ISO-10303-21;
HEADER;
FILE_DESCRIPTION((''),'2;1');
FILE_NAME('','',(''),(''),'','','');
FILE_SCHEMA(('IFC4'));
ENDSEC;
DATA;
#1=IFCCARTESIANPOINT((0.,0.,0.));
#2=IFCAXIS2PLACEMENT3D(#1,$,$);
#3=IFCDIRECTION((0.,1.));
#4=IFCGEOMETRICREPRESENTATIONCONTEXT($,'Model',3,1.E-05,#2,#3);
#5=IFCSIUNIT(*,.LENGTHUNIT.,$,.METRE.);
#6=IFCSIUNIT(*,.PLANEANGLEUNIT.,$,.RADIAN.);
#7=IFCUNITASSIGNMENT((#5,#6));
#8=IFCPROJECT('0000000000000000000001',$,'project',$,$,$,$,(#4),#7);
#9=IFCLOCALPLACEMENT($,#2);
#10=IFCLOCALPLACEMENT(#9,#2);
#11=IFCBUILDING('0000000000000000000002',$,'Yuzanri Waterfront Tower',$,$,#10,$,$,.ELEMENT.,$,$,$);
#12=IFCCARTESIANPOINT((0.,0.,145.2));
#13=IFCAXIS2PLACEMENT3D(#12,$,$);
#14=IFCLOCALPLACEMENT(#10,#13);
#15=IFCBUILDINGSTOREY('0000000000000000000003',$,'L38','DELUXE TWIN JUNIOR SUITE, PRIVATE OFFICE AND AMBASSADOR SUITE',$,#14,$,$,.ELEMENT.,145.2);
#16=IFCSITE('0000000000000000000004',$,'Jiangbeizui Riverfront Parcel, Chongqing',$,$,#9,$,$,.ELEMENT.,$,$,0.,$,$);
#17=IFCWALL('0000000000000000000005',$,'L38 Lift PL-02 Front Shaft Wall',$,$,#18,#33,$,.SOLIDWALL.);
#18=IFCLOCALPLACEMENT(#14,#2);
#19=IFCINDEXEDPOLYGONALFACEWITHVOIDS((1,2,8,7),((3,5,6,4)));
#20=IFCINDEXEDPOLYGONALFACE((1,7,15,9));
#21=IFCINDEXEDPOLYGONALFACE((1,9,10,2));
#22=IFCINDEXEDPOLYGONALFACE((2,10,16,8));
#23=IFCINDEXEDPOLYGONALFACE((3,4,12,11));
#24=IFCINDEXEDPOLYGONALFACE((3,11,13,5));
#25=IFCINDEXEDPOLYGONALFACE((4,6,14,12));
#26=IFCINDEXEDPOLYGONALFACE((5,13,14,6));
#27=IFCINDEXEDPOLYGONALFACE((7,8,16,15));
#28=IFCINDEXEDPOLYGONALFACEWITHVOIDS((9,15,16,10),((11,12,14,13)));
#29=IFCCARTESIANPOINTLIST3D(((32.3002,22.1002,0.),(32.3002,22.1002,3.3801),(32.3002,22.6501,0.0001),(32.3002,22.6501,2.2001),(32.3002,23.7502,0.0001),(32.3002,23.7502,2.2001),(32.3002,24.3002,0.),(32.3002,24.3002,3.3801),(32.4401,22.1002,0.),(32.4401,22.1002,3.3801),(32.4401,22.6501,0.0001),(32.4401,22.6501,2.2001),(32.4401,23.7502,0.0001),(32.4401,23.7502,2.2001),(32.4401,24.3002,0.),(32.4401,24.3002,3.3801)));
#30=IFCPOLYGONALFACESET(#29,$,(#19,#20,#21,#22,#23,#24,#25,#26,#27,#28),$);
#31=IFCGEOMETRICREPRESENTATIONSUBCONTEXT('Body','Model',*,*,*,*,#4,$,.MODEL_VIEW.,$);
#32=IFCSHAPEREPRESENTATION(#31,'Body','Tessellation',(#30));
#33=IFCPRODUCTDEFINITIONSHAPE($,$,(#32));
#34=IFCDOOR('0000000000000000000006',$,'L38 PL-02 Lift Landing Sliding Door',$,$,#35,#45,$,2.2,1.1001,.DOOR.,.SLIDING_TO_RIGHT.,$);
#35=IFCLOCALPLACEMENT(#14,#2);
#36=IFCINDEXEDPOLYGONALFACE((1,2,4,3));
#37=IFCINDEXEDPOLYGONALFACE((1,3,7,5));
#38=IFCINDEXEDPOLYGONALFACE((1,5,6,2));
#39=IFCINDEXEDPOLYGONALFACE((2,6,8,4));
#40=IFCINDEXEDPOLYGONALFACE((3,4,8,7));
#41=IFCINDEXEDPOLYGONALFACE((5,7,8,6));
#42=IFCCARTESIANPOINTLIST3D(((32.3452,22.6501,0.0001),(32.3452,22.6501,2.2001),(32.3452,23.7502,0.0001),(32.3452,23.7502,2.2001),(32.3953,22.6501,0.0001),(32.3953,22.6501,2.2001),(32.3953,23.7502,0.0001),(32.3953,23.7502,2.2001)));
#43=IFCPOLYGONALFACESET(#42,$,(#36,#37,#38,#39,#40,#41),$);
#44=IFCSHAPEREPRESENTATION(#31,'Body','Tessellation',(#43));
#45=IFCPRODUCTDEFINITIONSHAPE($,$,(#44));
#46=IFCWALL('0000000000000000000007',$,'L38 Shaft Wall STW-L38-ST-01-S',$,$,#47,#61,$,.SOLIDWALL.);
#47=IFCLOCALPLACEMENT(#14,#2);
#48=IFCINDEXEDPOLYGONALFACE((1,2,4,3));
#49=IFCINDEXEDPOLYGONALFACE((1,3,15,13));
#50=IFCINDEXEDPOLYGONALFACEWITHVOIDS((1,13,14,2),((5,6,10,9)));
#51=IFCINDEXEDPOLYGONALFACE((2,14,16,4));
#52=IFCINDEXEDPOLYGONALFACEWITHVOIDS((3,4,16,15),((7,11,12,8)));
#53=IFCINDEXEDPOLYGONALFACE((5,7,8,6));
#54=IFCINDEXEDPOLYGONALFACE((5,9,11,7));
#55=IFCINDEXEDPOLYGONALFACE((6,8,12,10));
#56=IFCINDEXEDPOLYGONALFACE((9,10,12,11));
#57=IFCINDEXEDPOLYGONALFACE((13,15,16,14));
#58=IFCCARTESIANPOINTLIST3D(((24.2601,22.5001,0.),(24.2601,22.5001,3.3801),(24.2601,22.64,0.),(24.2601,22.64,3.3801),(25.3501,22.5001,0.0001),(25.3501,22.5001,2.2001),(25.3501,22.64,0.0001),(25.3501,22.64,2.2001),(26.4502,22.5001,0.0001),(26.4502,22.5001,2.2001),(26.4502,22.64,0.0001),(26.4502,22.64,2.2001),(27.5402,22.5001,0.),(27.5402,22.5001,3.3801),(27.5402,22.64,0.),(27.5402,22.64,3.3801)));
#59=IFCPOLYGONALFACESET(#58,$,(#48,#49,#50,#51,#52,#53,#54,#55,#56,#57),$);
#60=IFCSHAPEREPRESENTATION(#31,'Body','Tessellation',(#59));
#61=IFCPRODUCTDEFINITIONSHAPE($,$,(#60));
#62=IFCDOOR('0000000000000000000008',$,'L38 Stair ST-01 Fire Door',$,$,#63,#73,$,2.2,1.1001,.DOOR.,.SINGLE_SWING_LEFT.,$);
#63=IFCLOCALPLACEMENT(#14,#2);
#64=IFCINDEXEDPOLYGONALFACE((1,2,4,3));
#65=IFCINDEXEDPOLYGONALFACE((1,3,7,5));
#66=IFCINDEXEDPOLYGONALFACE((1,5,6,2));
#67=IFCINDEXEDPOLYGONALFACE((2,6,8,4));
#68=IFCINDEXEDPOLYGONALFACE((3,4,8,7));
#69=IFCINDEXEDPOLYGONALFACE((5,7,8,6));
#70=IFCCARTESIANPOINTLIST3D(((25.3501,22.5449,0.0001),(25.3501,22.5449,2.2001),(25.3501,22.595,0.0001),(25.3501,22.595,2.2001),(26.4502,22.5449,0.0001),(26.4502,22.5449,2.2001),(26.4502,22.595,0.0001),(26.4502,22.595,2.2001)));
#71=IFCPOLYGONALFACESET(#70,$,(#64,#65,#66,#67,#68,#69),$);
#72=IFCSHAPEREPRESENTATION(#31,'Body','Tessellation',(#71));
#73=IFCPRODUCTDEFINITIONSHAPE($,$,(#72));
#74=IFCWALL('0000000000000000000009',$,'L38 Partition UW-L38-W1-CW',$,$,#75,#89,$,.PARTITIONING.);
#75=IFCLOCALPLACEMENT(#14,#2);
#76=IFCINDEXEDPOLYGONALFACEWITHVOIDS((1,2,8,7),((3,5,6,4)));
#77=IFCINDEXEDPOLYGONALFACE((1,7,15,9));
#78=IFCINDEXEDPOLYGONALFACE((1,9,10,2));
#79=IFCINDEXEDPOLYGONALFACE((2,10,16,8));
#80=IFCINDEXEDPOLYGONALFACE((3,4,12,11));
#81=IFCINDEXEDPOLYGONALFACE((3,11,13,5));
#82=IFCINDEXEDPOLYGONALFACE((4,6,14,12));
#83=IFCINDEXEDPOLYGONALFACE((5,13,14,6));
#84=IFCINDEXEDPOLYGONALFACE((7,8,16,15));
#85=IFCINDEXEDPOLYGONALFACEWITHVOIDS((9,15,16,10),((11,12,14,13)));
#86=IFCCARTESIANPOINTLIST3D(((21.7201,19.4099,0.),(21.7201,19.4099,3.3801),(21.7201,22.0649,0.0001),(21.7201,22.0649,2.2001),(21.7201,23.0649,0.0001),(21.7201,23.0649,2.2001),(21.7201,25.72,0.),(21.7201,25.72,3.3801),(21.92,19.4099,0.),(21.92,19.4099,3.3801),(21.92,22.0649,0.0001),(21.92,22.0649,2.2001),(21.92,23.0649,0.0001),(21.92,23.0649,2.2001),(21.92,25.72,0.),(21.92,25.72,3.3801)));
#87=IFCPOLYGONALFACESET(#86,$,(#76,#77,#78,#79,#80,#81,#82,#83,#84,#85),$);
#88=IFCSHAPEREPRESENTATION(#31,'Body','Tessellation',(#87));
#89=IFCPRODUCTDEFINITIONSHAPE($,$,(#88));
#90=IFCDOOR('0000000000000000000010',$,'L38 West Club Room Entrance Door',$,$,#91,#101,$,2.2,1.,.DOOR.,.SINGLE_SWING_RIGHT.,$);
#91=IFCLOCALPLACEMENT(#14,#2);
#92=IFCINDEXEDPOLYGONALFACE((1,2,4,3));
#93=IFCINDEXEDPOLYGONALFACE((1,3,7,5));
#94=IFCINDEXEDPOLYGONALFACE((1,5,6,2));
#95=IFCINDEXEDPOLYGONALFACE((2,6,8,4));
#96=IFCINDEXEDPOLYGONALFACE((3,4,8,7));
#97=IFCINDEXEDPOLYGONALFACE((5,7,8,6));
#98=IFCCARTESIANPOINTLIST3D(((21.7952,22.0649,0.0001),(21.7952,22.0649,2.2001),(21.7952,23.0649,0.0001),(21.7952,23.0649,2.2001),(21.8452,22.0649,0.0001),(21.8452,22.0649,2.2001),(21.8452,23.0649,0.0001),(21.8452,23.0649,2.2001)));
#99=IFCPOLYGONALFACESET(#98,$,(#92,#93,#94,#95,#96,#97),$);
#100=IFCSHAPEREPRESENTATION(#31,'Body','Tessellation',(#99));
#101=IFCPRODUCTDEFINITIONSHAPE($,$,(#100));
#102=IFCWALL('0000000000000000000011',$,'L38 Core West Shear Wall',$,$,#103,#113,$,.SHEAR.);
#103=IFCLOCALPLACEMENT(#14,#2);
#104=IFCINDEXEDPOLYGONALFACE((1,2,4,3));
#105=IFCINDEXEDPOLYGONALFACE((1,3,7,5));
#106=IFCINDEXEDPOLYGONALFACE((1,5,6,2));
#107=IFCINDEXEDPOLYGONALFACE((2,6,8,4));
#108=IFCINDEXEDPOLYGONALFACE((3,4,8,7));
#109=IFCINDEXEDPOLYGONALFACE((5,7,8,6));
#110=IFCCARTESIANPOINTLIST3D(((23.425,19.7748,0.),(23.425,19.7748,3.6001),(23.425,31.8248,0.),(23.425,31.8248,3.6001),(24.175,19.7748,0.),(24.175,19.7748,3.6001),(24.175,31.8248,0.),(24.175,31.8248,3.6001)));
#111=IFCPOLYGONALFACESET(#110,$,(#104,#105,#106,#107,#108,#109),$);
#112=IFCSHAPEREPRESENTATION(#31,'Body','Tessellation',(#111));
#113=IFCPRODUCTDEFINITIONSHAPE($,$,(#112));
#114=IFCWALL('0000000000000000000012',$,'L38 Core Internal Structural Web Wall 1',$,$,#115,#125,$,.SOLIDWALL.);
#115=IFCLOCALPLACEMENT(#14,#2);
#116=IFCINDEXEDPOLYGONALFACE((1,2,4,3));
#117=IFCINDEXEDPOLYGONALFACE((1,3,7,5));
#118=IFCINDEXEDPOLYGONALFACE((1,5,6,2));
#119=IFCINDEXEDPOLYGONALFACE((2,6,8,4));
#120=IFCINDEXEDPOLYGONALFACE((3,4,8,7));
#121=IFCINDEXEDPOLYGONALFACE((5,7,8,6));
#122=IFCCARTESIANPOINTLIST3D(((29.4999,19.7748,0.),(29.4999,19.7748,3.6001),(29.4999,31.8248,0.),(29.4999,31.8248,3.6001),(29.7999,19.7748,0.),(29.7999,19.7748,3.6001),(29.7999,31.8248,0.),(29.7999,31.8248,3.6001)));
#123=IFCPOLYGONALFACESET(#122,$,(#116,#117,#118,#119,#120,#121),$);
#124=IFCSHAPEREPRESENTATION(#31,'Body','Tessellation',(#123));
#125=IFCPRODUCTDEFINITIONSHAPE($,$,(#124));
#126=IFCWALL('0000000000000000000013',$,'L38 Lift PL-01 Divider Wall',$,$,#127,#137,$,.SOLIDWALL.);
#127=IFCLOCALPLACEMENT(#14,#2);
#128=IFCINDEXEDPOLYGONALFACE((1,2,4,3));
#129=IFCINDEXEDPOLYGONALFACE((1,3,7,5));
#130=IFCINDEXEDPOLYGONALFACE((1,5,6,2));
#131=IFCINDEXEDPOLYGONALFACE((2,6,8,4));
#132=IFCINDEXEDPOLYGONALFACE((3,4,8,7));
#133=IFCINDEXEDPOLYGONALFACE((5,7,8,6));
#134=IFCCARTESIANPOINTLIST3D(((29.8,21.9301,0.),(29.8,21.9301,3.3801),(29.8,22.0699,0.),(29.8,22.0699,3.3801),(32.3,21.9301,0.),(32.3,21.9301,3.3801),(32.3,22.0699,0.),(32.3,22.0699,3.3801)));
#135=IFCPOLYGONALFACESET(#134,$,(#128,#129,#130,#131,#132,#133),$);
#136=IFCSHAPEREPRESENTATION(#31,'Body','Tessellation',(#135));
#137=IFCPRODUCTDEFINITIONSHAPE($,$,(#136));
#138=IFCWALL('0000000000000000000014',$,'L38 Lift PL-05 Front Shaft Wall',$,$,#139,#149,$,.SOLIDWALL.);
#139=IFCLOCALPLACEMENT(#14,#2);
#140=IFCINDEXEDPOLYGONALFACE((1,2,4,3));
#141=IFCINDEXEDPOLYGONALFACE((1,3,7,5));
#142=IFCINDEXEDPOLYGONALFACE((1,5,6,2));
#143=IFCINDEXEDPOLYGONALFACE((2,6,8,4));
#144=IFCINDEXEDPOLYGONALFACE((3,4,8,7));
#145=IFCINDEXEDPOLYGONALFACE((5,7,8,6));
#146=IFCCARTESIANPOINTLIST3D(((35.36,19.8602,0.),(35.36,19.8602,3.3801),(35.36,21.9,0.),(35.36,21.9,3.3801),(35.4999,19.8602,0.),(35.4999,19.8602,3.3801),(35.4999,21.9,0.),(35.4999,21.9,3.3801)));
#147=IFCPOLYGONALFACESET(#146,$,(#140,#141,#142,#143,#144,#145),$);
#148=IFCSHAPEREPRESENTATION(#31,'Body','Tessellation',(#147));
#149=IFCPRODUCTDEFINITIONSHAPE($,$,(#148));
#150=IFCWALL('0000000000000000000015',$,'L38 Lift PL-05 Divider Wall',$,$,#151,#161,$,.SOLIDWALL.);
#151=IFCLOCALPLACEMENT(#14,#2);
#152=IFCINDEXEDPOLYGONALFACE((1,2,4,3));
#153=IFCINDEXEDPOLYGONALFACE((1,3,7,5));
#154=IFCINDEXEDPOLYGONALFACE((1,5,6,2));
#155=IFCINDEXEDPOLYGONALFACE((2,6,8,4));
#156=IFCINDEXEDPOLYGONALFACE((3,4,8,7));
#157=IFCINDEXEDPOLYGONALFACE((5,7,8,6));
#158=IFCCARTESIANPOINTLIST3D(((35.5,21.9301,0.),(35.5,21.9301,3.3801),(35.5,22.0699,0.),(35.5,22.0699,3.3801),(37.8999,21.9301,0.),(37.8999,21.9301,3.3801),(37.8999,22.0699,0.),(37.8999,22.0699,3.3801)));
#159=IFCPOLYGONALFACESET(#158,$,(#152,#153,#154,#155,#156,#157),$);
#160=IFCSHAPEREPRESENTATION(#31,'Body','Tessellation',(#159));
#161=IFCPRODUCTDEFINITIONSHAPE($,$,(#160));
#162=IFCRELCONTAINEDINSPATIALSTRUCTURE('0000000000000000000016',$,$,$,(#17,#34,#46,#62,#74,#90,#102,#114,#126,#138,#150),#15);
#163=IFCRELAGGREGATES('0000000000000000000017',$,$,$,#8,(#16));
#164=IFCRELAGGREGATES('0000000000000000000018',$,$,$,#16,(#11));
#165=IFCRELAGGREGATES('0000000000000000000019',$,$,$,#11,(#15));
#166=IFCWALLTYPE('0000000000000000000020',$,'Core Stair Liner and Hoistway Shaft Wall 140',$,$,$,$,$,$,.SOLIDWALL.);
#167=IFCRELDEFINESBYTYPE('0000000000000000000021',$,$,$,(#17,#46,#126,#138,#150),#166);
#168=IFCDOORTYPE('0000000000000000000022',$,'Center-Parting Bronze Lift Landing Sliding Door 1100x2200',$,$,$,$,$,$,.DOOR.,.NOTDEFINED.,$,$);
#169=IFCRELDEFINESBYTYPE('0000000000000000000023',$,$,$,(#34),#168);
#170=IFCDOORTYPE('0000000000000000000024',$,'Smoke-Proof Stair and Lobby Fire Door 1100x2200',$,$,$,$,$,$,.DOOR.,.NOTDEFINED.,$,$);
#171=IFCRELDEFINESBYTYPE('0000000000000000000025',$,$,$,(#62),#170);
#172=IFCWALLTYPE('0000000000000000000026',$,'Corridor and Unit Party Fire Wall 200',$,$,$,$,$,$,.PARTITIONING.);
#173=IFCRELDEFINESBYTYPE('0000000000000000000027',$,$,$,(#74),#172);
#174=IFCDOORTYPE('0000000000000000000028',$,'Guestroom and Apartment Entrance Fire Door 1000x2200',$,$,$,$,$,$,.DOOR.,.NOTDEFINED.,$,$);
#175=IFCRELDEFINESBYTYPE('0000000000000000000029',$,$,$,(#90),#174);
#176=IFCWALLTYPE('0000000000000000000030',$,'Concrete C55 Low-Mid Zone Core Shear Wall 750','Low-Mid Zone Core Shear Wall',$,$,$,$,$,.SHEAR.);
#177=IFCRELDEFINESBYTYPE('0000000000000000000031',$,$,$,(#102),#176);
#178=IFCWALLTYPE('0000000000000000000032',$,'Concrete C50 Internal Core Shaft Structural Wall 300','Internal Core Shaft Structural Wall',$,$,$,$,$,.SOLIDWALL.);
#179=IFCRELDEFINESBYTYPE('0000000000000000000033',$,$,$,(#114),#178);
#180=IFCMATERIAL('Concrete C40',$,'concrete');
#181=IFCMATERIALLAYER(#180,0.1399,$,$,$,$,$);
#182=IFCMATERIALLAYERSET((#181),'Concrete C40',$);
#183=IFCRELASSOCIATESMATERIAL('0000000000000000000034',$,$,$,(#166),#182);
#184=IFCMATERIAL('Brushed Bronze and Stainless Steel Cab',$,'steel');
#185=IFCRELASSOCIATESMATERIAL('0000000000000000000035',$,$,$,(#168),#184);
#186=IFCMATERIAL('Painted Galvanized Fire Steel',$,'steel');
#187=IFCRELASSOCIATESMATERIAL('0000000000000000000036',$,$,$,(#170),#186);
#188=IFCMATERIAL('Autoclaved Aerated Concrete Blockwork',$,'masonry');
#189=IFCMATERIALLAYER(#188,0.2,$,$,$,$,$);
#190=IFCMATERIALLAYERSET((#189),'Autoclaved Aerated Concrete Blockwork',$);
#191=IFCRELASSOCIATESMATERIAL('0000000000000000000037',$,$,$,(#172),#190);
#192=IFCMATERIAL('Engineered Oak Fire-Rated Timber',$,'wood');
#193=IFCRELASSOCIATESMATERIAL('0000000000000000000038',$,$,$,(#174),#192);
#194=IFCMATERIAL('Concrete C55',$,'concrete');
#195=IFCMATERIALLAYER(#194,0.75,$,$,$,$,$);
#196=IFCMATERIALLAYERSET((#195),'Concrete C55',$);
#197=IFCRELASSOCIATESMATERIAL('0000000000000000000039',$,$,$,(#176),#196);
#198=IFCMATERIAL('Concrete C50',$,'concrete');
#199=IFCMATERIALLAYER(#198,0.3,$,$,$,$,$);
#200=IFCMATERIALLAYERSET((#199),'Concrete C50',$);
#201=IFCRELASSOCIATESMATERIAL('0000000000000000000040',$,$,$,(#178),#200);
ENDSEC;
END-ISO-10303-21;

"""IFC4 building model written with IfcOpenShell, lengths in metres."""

from ifc_helpers import new_model, si_unit, direction, frame, frame_2d, origin, place, context, subcontext, project, spatial, rectangle, extrude, source, transform, mapped, material, layer, layer_set, type_object, element, fill, save


model = new_model("IFC4")

# Units and contexts
model_context = context("Model", 3, precision=1e-05, world=origin(), true_north=direction((0.0, 1.0)))
body_context = subcontext(model_context, "Body", "Model", "MODEL_VIEW")
ifc_project = project(units=[si_unit("LENGTHUNIT", "METRE"), si_unit("PLANEANGLEUNIT", "RADIAN")], contexts=[model_context])

# Site, building, storey
site_placement = place(None, origin())
site = spatial("IfcSite", under=ifc_project, at=site_placement, Name="Jiangbeizui Riverfront Parcel, Chongqing", CompositionType="ELEMENT", RefElevation=0.0)
building_placement = place(site_placement, origin())
building = spatial("IfcBuilding", under=site, at=building_placement, Name="Yuzanri Waterfront Tower", CompositionType="ELEMENT")
storey_placement = place(building_placement, frame((0.0, 0.0, 145.2)))
storey = spatial("IfcBuildingStorey", under=building, at=storey_placement, Name="L38", Description="DELUXE TWIN JUNIOR SUITE, PRIVATE OFFICE AND AMBASSADOR SUITE", CompositionType="ELEMENT", Elevation=145.2)

# Walls, openings, doors
ifc_material_1 = material(Name="Concrete C40", Category="concrete")
ifc_layer_1 = layer(ifc_material_1, 0.1399)
ifc_layer_set_1 = layer_set([ifc_layer_1], Name="Concrete C40")
wall_type_1 = type_object("IfcWallType", Name="Core Stair Liner and Hoistway Shaft Wall 140", PredefinedType="SOLIDWALL", material=ifc_layer_set_1)
ifc_material_2 = material(Name="Brushed Bronze and Stainless Steel Cab", Category="steel")
door_type_1 = type_object("IfcDoorType", Name="Center-Parting Bronze Lift Landing Sliding Door 1100x2200", OperationType="NOTDEFINED", PredefinedType="DOOR", material=ifc_material_2)
shared_shape_1 = source(origin(), body_context, "Body", "SweptSolid", [
    extrude(rectangle(XDim=1.1001, YDim=2.2, at=frame_2d((0.55, 1.1001))), frame((0.0, 0.0249, 0.0), z_axis=(0.0, -1.0, 0.0), x_axis=(1.0, 0.0, 0.0)), (0.0, 0.0, 1.0), 0.05),
])
wall_1_placement = place(storey_placement, frame((32.3701, 22.1001, 0.0), z_axis=(0.0, 0.0, 1.0), x_axis=(0.0, 1.0, 0.0)))
wall_1 = element("IfcWall", 1, at=wall_1_placement, inside=storey, type_object=wall_type_1, Name="L38 Lift PL-02 Front Shaft Wall", PredefinedType="SOLIDWALL", context=body_context, shape_type="SweptSolid", body=[
    extrude(rectangle(XDim=2.2, YDim=0.1399, at=frame_2d((1.1001, 0.0))), origin(), (0.0, 0.0, 1.0), 3.3801),
])
opening_1_placement = place(wall_1_placement, frame((0.55, 0.0, 0.0)))
opening_1 = element("IfcOpeningElement", 2, at=opening_1_placement, cuts=wall_1, PredefinedType="OPENING", context=body_context, shape_type="SweptSolid", body=[
    extrude(rectangle(XDim=1.1001, YDim=2.2, at=frame_2d((0.55, 1.1001))), frame((0.0, 0.085, 0.0), z_axis=(0.0, -1.0, 0.0), x_axis=(1.0, 0.0, 0.0)), (0.0, 0.0, 1.0), 0.1697),
])
door_1_placement = place(opening_1_placement, origin())
door_1 = element("IfcDoor", 3, at=door_1_placement, inside=storey, type_object=door_type_1, Name="L38 PL-02 Lift Landing Sliding Door", OperationType="SLIDING_TO_RIGHT", OverallHeight=2.2, OverallWidth=1.1001, PredefinedType="DOOR", context=body_context, shape_type="MappedRepresentation", body=[
    mapped(shared_shape_1, transform((0.0, 0.0, 0.0), scale=1.0)),
])
fill(opening_1, door_1)
wall_2_placement = place(storey_placement, frame((24.26, 22.5701, 0.0), z_axis=(0.0, 0.0, 1.0), x_axis=(1.0, 0.0, 0.0)))
wall_2 = element("IfcWall", 4, at=wall_2_placement, inside=storey, type_object=wall_type_1, Name="L38 Shaft Wall STW-L38-ST-01-S", PredefinedType="SOLIDWALL", context=body_context, shape_type="SweptSolid", body=[
    extrude(rectangle(XDim=3.28, YDim=0.1399, at=frame_2d((1.6401, 0.0))), origin(), (0.0, 0.0, 1.0), 3.3801),
])
opening_2_placement = place(wall_2_placement, frame((1.0901, 0.0, 0.0)))
opening_2 = element("IfcOpeningElement", 5, at=opening_2_placement, cuts=wall_2, PredefinedType="OPENING", context=body_context, shape_type="SweptSolid", body=[
    extrude(rectangle(XDim=1.1001, YDim=2.2, at=frame_2d((0.55, 1.1001))), frame((0.0, 0.085, 0.0), z_axis=(0.0, -1.0, 0.0), x_axis=(1.0, 0.0, 0.0)), (0.0, 0.0, 1.0), 0.1697),
])
ifc_material_3 = material(Name="Painted Galvanized Fire Steel", Category="steel")
door_type_2 = type_object("IfcDoorType", Name="Smoke-Proof Stair and Lobby Fire Door 1100x2200", OperationType="NOTDEFINED", PredefinedType="DOOR", material=ifc_material_3)
shared_shape_2 = source(origin(), body_context, "Body", "SweptSolid", [
    extrude(rectangle(XDim=1.1001, YDim=2.2, at=frame_2d((0.55, 1.1001))), frame((0.0, 0.0249, 0.0), z_axis=(0.0, -1.0, 0.0), x_axis=(1.0, 0.0, 0.0)), (0.0, 0.0, 1.0), 0.05),
])
door_2_placement = place(opening_2_placement, origin())
door_2 = element("IfcDoor", 6, at=door_2_placement, inside=storey, type_object=door_type_2, Name="L38 Stair ST-01 Fire Door", OperationType="SINGLE_SWING_LEFT", OverallHeight=2.2, OverallWidth=1.1001, PredefinedType="DOOR", context=body_context, shape_type="MappedRepresentation", body=[
    mapped(shared_shape_2, transform((0.0, 0.0, 0.0), scale=1.0)),
])
fill(opening_2, door_2)
ifc_material_4 = material(Name="Autoclaved Aerated Concrete Blockwork", Category="masonry")
ifc_layer_2 = layer(ifc_material_4, 0.2)
ifc_layer_set_2 = layer_set([ifc_layer_2], Name="Autoclaved Aerated Concrete Blockwork")
wall_type_2 = type_object("IfcWallType", Name="Corridor and Unit Party Fire Wall 200", PredefinedType="PARTITIONING", material=ifc_layer_set_2)
wall_3_placement = place(storey_placement, frame((21.8201, 19.4099, 0.0), z_axis=(0.0, 0.0, 1.0), x_axis=(0.0, 1.0, 0.0)))
wall_3 = element("IfcWall", 7, at=wall_3_placement, inside=storey, type_object=wall_type_2, Name="L38 Partition UW-L38-W1-CW", PredefinedType="PARTITIONING", context=body_context, shape_type="SweptSolid", body=[
    extrude(rectangle(XDim=6.3101, YDim=0.2, at=frame_2d((3.155, 0.0))), origin(), (0.0, 0.0, 1.0), 3.3801),
])
opening_3_placement = place(wall_3_placement, frame((2.655, 0.0, 0.0)))
opening_3 = element("IfcOpeningElement", 8, at=opening_3_placement, cuts=wall_3, PredefinedType="OPENING", context=body_context, shape_type="SweptSolid", body=[
    extrude(rectangle(XDim=1.0, YDim=2.2, at=frame_2d((0.5, 1.1001))), frame((0.0, 0.1147, 0.0), z_axis=(0.0, -1.0, 0.0), x_axis=(1.0, 0.0, 0.0)), (0.0, 0.0, 1.0), 0.2297),
])
ifc_material_5 = material(Name="Engineered Oak Fire-Rated Timber", Category="wood")
door_type_3 = type_object("IfcDoorType", Name="Guestroom and Apartment Entrance Fire Door 1000x2200", OperationType="NOTDEFINED", PredefinedType="DOOR", material=ifc_material_5)
shared_shape_3 = source(origin(), body_context, "Body", "SweptSolid", [
    extrude(rectangle(XDim=1.0, YDim=2.2, at=frame_2d((0.5, 1.1001))), frame((0.0, 0.0249, 0.0), z_axis=(0.0, -1.0, 0.0), x_axis=(1.0, 0.0, 0.0)), (0.0, 0.0, 1.0), 0.05),
])
door_3_placement = place(opening_3_placement, origin())
door_3 = element("IfcDoor", 9, at=door_3_placement, inside=storey, type_object=door_type_3, Name="L38 West Club Room Entrance Door", OperationType="SINGLE_SWING_RIGHT", OverallHeight=2.2, OverallWidth=1.0, PredefinedType="DOOR", context=body_context, shape_type="MappedRepresentation", body=[
    mapped(shared_shape_3, transform((0.0, 0.0, 0.0), scale=1.0)),
])
fill(opening_3, door_3)

# Walls
ifc_material_6 = material(Name="Concrete C55", Category="concrete")
ifc_layer_3 = layer(ifc_material_6, 0.75)
ifc_layer_set_3 = layer_set([ifc_layer_3], Name="Concrete C55")
wall_type_3 = type_object("IfcWallType", Name="Concrete C55 Low-Mid Zone Core Shear Wall 750", Description="Low-Mid Zone Core Shear Wall", PredefinedType="SHEAR", material=ifc_layer_set_3)
shared_shape_4 = source(origin(), body_context, "Body", "SweptSolid", [
    extrude(rectangle(XDim=12.05, YDim=0.75, at=frame_2d((6.0249, 0.0))), origin(), (0.0, 0.0, 1.0), 3.6001),
])
wall_4_placement = place(storey_placement, frame((23.8, 19.7749, 0.0), z_axis=(0.0, 0.0, 1.0), x_axis=(0.0, 1.0, 0.0)))
element("IfcWall", 10, at=wall_4_placement, inside=storey, type_object=wall_type_3, Name="L38 Core West Shear Wall", PredefinedType="SHEAR", context=body_context, shape_type="MappedRepresentation", body=[
    mapped(shared_shape_4, transform((0.0, 0.0, 0.0), scale=1.0)),
])
ifc_material_7 = material(Name="Concrete C50", Category="concrete")
ifc_layer_4 = layer(ifc_material_7, 0.3)
ifc_layer_set_4 = layer_set([ifc_layer_4], Name="Concrete C50")
wall_type_4 = type_object("IfcWallType", Name="Concrete C50 Internal Core Shaft Structural Wall 300", Description="Internal Core Shaft Structural Wall", PredefinedType="SOLIDWALL", material=ifc_layer_set_4)
shared_shape_5 = source(origin(), body_context, "Body", "SweptSolid", [
    extrude(rectangle(XDim=12.05, YDim=0.3, at=frame_2d((6.0249, 0.0))), origin(), (0.0, 0.0, 1.0), 3.6001),
])
wall_5_placement = place(storey_placement, frame((29.6499, 19.7749, 0.0), z_axis=(0.0, 0.0, 1.0), x_axis=(0.0, 1.0, 0.0)))
element("IfcWall", 11, at=wall_5_placement, inside=storey, type_object=wall_type_4, Name="L38 Core Internal Structural Web Wall 1", PredefinedType="SOLIDWALL", context=body_context, shape_type="MappedRepresentation", body=[
    mapped(shared_shape_5, transform((0.0, 0.0, 0.0), scale=1.0)),
])
shared_shape_6 = source(origin(), body_context, "Body", "SweptSolid", [
    extrude(rectangle(XDim=2.5, YDim=0.1399, at=frame_2d((1.25, 0.0))), origin(), (0.0, 0.0, 1.0), 3.3801),
])
wall_6_placement = place(storey_placement, frame((29.8, 22.0, 0.0), z_axis=(0.0, 0.0, 1.0), x_axis=(1.0, 0.0, 0.0)))
element("IfcWall", 12, at=wall_6_placement, inside=storey, type_object=wall_type_1, Name="L38 Lift PL-01 Divider Wall", PredefinedType="SOLIDWALL", context=body_context, shape_type="MappedRepresentation", body=[
    mapped(shared_shape_6, transform((0.0, 0.0, 0.0), scale=1.0)),
])
shared_shape_7 = source(origin(), body_context, "Body", "SweptSolid", [
    extrude(rectangle(XDim=2.0398, YDim=0.1399, at=frame_2d((1.02, 0.0))), origin(), (0.0, 0.0, 1.0), 3.3801),
])
wall_7_placement = place(storey_placement, frame((35.4299, 19.8601, 0.0), z_axis=(0.0, 0.0, 1.0), x_axis=(0.0, 1.0, 0.0)))
element("IfcWall", 13, at=wall_7_placement, inside=storey, type_object=wall_type_1, Name="L38 Lift PL-05 Front Shaft Wall", PredefinedType="SOLIDWALL", context=body_context, shape_type="MappedRepresentation", body=[
    mapped(shared_shape_7, transform((0.0, 0.0, 0.0), scale=1.0)),
])
shared_shape_8 = source(origin(), body_context, "Body", "SweptSolid", [
    extrude(rectangle(XDim=2.3999, YDim=0.1399, at=frame_2d((1.2, 0.0))), origin(), (0.0, 0.0, 1.0), 3.3801),
])
wall_8_placement = place(storey_placement, frame((35.5, 22.0, 0.0), z_axis=(0.0, 0.0, 1.0), x_axis=(1.0, 0.0, 0.0)))
element("IfcWall", 14, at=wall_8_placement, inside=storey, type_object=wall_type_1, Name="L38 Lift PL-05 Divider Wall", PredefinedType="SOLIDWALL", context=body_context, shape_type="MappedRepresentation", body=[
    mapped(shared_shape_8, transform((0.0, 0.0, 0.0), scale=1.0)),
])

save(model, "model.ifc")
